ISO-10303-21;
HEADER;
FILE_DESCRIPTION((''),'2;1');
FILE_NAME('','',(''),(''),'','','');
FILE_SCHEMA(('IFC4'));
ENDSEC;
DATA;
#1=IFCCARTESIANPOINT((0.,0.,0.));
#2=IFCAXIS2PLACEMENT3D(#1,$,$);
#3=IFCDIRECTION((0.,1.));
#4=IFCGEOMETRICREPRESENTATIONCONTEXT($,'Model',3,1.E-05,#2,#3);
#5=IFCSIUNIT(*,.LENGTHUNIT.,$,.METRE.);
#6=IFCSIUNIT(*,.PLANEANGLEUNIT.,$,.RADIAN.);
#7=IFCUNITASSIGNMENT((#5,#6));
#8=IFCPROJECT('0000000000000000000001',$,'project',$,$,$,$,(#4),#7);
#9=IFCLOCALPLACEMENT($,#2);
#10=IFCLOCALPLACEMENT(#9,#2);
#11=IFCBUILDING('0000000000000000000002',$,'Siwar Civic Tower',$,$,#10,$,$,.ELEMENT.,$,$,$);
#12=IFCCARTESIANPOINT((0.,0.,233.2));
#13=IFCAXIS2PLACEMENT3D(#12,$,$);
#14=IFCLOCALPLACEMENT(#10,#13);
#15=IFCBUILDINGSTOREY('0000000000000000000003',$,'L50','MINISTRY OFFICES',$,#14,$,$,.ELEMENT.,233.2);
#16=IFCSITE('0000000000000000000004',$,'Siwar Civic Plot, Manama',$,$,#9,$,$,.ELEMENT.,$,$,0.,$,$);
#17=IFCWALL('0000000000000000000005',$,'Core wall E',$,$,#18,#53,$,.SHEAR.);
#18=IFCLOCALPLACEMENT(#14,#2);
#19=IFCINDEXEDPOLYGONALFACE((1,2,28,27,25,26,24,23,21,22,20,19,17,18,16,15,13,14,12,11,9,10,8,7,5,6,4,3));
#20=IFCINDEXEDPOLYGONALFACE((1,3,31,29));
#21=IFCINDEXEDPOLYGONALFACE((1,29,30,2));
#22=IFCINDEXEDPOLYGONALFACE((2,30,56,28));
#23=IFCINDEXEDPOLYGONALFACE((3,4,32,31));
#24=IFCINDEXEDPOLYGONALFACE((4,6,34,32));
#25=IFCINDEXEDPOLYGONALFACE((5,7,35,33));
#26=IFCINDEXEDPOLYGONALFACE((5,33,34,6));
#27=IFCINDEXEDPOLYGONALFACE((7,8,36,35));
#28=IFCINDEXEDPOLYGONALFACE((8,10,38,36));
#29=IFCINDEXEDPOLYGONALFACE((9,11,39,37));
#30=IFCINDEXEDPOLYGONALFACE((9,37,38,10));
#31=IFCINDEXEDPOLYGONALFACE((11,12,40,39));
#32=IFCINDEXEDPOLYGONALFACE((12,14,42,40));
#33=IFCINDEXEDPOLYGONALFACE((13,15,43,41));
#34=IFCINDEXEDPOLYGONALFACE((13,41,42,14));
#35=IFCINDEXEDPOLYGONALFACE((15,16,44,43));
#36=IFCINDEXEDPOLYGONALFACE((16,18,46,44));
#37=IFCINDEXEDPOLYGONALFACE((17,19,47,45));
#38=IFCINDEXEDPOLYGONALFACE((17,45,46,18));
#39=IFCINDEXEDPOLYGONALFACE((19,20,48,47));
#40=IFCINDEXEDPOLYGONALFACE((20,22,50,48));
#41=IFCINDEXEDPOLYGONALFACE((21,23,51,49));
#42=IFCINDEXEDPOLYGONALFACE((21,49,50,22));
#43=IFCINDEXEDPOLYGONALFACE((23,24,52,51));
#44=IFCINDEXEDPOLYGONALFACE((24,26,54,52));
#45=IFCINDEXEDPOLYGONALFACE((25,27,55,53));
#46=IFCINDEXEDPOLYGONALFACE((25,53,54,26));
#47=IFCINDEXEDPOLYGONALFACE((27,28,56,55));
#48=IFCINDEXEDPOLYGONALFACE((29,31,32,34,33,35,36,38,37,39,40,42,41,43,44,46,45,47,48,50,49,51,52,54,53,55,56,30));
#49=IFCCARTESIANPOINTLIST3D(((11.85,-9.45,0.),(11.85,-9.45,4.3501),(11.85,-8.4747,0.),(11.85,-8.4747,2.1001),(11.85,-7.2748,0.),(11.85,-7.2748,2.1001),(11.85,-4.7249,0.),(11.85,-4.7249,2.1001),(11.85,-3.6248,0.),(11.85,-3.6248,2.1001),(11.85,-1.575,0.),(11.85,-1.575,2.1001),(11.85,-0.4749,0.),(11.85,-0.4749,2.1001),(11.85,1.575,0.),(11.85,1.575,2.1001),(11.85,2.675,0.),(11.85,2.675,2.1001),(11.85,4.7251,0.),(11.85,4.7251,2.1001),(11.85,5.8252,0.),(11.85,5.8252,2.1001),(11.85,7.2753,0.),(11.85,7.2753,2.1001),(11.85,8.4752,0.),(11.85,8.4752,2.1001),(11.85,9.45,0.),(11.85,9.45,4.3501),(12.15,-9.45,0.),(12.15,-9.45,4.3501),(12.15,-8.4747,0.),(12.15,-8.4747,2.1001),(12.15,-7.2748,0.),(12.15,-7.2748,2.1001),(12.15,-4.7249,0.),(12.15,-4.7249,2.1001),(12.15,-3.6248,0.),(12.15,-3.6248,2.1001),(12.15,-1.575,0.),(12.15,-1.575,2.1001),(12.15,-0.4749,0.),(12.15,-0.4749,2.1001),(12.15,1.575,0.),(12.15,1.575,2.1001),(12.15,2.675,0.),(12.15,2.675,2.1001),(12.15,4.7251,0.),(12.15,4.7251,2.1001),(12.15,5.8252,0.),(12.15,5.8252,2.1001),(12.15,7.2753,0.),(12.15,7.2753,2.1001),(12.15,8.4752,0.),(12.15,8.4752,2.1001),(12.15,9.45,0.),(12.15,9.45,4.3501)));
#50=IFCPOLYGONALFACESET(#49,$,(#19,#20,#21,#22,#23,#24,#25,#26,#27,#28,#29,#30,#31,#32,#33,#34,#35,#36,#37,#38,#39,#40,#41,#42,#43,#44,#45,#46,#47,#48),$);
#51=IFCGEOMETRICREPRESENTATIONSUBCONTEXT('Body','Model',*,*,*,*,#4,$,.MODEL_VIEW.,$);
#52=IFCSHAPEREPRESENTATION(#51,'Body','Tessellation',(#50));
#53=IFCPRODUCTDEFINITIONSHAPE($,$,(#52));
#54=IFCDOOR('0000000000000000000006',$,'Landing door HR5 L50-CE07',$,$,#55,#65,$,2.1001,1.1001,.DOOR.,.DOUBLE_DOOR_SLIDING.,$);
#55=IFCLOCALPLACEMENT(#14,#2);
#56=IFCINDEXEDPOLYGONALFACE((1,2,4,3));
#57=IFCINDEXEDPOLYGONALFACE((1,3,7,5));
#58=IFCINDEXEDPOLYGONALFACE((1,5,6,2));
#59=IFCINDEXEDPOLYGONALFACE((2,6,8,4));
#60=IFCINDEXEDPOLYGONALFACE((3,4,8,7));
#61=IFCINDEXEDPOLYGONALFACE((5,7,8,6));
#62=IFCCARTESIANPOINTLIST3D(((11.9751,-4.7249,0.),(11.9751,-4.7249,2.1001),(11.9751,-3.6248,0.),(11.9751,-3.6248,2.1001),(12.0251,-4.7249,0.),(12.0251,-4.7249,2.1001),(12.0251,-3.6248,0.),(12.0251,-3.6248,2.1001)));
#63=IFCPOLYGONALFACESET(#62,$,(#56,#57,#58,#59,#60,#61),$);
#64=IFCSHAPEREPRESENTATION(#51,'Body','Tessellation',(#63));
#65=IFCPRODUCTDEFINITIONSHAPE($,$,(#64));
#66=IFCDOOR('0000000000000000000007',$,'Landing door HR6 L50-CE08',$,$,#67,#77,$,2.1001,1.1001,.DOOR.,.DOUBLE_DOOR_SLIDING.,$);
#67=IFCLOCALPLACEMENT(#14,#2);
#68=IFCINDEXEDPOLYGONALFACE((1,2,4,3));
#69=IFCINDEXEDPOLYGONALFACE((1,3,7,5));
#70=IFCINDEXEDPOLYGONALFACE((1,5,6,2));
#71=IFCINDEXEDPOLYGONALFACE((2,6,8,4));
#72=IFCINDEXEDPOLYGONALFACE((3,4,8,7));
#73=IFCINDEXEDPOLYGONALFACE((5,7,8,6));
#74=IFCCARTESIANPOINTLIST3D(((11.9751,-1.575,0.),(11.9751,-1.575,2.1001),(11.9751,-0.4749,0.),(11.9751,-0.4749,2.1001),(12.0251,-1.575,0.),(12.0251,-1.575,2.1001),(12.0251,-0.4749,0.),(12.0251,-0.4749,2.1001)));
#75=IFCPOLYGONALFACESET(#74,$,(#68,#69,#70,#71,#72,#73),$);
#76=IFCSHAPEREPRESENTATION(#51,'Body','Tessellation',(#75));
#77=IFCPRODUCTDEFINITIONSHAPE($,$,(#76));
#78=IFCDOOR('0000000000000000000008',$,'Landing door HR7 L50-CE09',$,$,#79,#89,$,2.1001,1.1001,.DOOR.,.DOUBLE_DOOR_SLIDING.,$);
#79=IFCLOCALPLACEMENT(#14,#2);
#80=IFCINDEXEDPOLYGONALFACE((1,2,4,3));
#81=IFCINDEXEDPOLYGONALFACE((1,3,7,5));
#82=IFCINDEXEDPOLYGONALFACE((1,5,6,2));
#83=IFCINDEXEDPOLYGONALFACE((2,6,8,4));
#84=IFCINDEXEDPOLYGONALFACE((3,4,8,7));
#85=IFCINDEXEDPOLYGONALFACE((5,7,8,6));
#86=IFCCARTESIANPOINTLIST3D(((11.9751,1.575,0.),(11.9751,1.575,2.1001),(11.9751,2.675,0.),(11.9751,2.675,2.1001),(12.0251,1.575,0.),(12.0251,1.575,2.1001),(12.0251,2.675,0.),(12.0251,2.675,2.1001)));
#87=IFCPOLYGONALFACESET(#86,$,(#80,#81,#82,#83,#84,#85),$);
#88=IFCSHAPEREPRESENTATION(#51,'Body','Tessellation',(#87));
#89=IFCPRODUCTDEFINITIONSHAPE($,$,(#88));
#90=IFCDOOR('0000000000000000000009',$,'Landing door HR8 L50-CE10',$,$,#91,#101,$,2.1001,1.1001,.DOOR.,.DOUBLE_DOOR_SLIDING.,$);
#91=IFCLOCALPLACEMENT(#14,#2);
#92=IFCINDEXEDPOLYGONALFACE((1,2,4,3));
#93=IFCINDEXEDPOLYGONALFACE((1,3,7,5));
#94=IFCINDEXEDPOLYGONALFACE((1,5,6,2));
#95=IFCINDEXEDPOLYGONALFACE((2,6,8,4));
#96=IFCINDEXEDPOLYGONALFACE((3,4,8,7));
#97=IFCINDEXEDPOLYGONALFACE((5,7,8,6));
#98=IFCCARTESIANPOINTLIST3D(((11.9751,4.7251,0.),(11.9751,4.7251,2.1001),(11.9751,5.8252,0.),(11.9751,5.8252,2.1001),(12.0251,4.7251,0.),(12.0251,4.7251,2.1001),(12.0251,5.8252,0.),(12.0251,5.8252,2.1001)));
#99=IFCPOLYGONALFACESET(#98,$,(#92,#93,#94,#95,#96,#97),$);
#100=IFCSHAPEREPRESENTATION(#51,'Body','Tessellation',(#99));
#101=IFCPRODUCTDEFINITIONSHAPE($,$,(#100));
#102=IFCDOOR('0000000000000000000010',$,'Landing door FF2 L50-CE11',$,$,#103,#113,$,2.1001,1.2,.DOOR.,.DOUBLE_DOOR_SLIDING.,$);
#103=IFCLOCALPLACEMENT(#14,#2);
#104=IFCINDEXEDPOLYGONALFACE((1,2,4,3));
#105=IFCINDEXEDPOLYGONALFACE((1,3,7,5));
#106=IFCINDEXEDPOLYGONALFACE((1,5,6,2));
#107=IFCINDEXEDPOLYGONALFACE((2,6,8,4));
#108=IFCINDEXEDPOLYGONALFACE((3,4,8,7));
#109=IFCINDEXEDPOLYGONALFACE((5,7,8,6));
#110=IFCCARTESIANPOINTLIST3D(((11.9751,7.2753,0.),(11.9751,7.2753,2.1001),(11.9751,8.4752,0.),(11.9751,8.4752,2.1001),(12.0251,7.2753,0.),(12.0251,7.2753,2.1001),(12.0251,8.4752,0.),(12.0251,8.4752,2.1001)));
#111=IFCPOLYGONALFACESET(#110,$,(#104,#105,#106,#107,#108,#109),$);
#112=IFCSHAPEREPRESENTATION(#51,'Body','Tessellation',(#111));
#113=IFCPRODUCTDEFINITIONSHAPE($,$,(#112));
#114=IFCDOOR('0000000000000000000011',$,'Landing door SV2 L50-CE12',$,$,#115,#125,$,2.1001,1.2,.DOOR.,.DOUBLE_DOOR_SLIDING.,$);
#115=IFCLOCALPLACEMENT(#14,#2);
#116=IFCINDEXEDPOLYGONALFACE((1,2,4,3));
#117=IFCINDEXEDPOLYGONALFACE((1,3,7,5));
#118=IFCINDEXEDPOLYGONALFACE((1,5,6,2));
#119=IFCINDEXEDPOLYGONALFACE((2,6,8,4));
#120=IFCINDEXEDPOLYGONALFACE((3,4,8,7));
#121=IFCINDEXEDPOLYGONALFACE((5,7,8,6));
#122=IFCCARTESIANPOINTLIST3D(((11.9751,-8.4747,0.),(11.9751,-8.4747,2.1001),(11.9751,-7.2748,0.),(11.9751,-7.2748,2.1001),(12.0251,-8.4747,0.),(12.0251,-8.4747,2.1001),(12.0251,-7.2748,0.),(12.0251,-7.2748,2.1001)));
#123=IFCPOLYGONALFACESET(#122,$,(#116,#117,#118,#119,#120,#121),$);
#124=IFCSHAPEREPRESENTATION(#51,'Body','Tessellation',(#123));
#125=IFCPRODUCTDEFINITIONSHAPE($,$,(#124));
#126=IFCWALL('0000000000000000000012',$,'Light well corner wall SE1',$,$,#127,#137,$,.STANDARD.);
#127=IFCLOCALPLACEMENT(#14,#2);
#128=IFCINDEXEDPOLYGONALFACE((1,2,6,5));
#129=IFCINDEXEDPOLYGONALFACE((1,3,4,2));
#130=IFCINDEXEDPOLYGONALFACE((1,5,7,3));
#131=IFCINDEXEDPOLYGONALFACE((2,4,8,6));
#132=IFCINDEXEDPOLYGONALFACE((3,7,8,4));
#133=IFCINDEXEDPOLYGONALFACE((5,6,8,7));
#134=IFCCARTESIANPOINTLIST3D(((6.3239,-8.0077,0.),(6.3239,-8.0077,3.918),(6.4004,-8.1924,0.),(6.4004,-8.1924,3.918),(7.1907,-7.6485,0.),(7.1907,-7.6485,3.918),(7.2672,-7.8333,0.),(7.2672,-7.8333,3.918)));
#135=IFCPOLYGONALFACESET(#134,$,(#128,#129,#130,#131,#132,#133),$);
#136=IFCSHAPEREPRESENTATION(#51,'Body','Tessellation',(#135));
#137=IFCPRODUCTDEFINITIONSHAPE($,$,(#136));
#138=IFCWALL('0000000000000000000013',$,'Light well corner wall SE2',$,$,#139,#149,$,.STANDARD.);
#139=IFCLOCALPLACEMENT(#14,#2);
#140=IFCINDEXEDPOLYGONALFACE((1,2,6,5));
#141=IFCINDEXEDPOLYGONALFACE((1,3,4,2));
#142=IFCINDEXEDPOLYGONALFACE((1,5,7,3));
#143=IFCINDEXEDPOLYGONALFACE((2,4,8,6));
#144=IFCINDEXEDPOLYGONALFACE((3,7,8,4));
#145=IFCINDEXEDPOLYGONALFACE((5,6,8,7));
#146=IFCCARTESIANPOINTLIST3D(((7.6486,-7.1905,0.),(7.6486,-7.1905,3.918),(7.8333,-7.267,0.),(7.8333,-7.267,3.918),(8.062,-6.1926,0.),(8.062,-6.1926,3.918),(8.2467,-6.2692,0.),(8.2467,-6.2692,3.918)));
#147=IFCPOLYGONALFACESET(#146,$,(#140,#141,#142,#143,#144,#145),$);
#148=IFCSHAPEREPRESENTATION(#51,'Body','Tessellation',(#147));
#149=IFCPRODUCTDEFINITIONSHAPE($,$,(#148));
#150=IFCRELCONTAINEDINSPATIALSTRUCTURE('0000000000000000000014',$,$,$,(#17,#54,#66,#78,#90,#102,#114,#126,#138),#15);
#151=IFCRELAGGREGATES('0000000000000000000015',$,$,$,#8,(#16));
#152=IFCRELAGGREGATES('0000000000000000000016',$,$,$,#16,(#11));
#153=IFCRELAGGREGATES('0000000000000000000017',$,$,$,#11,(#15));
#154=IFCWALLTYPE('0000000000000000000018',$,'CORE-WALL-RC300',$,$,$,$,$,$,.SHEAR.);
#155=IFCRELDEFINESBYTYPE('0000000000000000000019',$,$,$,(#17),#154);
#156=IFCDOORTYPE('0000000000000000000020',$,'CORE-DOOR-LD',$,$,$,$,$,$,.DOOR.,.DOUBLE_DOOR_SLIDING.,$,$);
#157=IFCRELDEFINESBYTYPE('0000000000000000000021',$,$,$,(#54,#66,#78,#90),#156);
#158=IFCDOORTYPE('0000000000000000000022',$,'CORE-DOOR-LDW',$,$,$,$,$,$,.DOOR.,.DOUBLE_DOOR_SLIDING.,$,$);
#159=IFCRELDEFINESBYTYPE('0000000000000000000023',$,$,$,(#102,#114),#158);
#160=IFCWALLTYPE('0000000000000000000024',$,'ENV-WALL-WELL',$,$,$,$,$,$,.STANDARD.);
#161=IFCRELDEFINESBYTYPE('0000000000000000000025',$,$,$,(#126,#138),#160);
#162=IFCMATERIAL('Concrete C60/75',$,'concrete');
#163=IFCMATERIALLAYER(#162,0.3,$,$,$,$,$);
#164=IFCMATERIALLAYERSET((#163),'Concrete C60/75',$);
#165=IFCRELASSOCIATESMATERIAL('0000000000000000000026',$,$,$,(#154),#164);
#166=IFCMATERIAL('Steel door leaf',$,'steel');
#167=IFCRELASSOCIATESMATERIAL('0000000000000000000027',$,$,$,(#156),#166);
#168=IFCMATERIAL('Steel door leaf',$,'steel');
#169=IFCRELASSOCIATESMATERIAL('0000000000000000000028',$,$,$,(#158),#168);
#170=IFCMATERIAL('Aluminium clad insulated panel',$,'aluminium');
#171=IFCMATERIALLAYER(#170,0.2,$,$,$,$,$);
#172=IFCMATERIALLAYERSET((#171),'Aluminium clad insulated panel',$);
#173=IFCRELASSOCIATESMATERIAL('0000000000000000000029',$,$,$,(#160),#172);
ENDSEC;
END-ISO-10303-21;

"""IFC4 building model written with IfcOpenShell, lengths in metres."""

from ifc_helpers import new_model, si_unit, direction, frame, frame_2d, origin, place, context, subcontext, project, spatial, rectangle, extrude, material, layer, layer_set, type_object, element, fill, save


model = new_model("IFC4")

# Units and contexts
model_context = context("Model", 3, precision=1e-05, world=origin(), true_north=direction((0.0, 1.0)))
body_context = subcontext(model_context, "Body", "Model", "MODEL_VIEW")
ifc_project = project(units=[si_unit("LENGTHUNIT", "METRE"), si_unit("PLANEANGLEUNIT", "RADIAN")], contexts=[model_context])

# Site, building, storey
site_placement = place(None, origin())
site = spatial("IfcSite", under=ifc_project, at=site_placement, Name="Siwar Civic Plot, Manama", CompositionType="ELEMENT", RefElevation=0.0)
building_placement = place(site_placement, origin())
building = spatial("IfcBuilding", under=site, at=building_placement, Name="Siwar Civic Tower", CompositionType="ELEMENT")
storey_placement = place(building_placement, frame((0.0, 0.0, 233.2)))
storey = spatial("IfcBuildingStorey", under=building, at=storey_placement, Name="L50", Description="MINISTRY OFFICES", CompositionType="ELEMENT", Elevation=233.2)

# Wall, openings, doors
ifc_material_1 = material(Name="Concrete C60/75", Category="concrete")
ifc_layer_1 = layer(ifc_material_1, 0.3)
ifc_layer_set_1 = layer_set([ifc_layer_1], Name="Concrete C60/75")
wall_type_1 = type_object("IfcWallType", Name="CORE-WALL-RC300", PredefinedType="SHEAR", material=ifc_layer_set_1)
wall_1_placement = place(storey_placement, frame((12.0, -9.45, 0.0), z_axis=(0.0, 0.0, 1.0), x_axis=(0.0, 1.0, 0.0)))
wall_1 = element("IfcWall", 1, at=wall_1_placement, inside=storey, type_object=wall_type_1, Name="Core wall E", PredefinedType="SHEAR", context=body_context, shape_type="SweptSolid", body=[
    extrude(rectangle(XDim=18.8999, YDim=0.3, at=frame_2d((9.45, 0.0))), origin(), (0.0, 0.0, 1.0), 4.3501),
])
opening_1_placement = place(wall_1_placement, frame((4.7251, 0.0, 0.0)))
opening_1 = element("IfcOpeningElement", 2, at=opening_1_placement, cuts=wall_1, PredefinedType="OPENING", context=body_context, shape_type="SweptSolid", body=[
    extrude(rectangle(XDim=1.1001, YDim=2.1001, at=frame_2d((0.55, 1.05))), frame((0.0, 0.1602, 0.0), z_axis=(0.0, -1.0, 0.0), x_axis=(1.0, 0.0, 0.0)), (0.0, 0.0, 1.0), 0.3201),
])
opening_2_placement = place(wall_1_placement, frame((7.875, 0.0, 0.0)))
opening_2 = element("IfcOpeningElement", 3, at=opening_2_placement, cuts=wall_1, PredefinedType="OPENING", context=body_context, shape_type="SweptSolid", body=[
    extrude(rectangle(XDim=1.1001, YDim=2.1001, at=frame_2d((0.55, 1.05))), frame((0.0, 0.1602, 0.0), z_axis=(0.0, -1.0, 0.0), x_axis=(1.0, 0.0, 0.0)), (0.0, 0.0, 1.0), 0.3201),
])
opening_3_placement = place(wall_1_placement, frame((11.0249, 0.0, 0.0)))
opening_3 = element("IfcOpeningElement", 4, at=opening_3_placement, cuts=wall_1, PredefinedType="OPENING", context=body_context, shape_type="SweptSolid", body=[
    extrude(rectangle(XDim=1.1001, YDim=2.1001, at=frame_2d((0.55, 1.05))), frame((0.0, 0.1602, 0.0), z_axis=(0.0, -1.0, 0.0), x_axis=(1.0, 0.0, 0.0)), (0.0, 0.0, 1.0), 0.3201),
])
opening_4_placement = place(wall_1_placement, frame((14.175, 0.0, 0.0)))
opening_4 = element("IfcOpeningElement", 5, at=opening_4_placement, cuts=wall_1, PredefinedType="OPENING", context=body_context, shape_type="SweptSolid", body=[
    extrude(rectangle(XDim=1.1001, YDim=2.1001, at=frame_2d((0.55, 1.05))), frame((0.0, 0.1602, 0.0), z_axis=(0.0, -1.0, 0.0), x_axis=(1.0, 0.0, 0.0)), (0.0, 0.0, 1.0), 0.3201),
])
opening_5_placement = place(wall_1_placement, frame((16.7251, 0.0, 0.0)))
opening_5 = element("IfcOpeningElement", 6, at=opening_5_placement, cuts=wall_1, PredefinedType="OPENING", context=body_context, shape_type="SweptSolid", body=[
    extrude(rectangle(XDim=1.2, YDim=2.1001, at=frame_2d((0.6001, 1.05))), frame((0.0, 0.1602, 0.0), z_axis=(0.0, -1.0, 0.0), x_axis=(1.0, 0.0, 0.0)), (0.0, 0.0, 1.0), 0.3201),
])
opening_6_placement = place(wall_1_placement, frame((0.9751, 0.0, 0.0)))
opening_6 = element("IfcOpeningElement", 7, at=opening_6_placement, cuts=wall_1, PredefinedType="OPENING", context=body_context, shape_type="SweptSolid", body=[
    extrude(rectangle(XDim=1.2, YDim=2.1001, at=frame_2d((0.6001, 1.05))), frame((0.0, 0.1602, 0.0), z_axis=(0.0, -1.0, 0.0), x_axis=(1.0, 0.0, 0.0)), (0.0, 0.0, 1.0), 0.3201),
])
ifc_material_2 = material(Name="Steel door leaf", Category="steel")
door_type_1 = type_object("IfcDoorType", Name="CORE-DOOR-LD", OperationType="DOUBLE_DOOR_SLIDING", PredefinedType="DOOR", material=ifc_material_2)
door_1_placement = place(opening_1_placement, origin())
door_1 = element("IfcDoor", 8, at=door_1_placement, inside=storey, type_object=door_type_1, Name="Landing door HR5 L50-CE07", OperationType="DOUBLE_DOOR_SLIDING", OverallHeight=2.1001, OverallWidth=1.1001, PredefinedType="DOOR", context=body_context, shape_type="SweptSolid", body=[
    extrude(rectangle(XDim=1.1001, YDim=2.1001, at=frame_2d((0.55, 1.05))), frame((0.0, 0.0249, 0.0), z_axis=(0.0, -1.0, 0.0), x_axis=(1.0, 0.0, 0.0)), (0.0, 0.0, 1.0), 0.05),
])
fill(opening_1, door_1)
door_2_placement = place(opening_2_placement, origin())
door_2 = element("IfcDoor", 9, at=door_2_placement, inside=storey, type_object=door_type_1, Name="Landing door HR6 L50-CE08", OperationType="DOUBLE_DOOR_SLIDING", OverallHeight=2.1001, OverallWidth=1.1001, PredefinedType="DOOR", context=body_context, shape_type="SweptSolid", body=[
    extrude(rectangle(XDim=1.1001, YDim=2.1001, at=frame_2d((0.55, 1.05))), frame((0.0, 0.0249, 0.0), z_axis=(0.0, -1.0, 0.0), x_axis=(1.0, 0.0, 0.0)), (0.0, 0.0, 1.0), 0.05),
])
fill(opening_2, door_2)
door_3_placement = place(opening_3_placement, origin())
door_3 = element("IfcDoor", 10, at=door_3_placement, inside=storey, type_object=door_type_1, Name="Landing door HR7 L50-CE09", OperationType="DOUBLE_DOOR_SLIDING", OverallHeight=2.1001, OverallWidth=1.1001, PredefinedType="DOOR", context=body_context, shape_type="SweptSolid", body=[
    extrude(rectangle(XDim=1.1001, YDim=2.1001, at=frame_2d((0.55, 1.05))), frame((0.0, 0.0249, 0.0), z_axis=(0.0, -1.0, 0.0), x_axis=(1.0, 0.0, 0.0)), (0.0, 0.0, 1.0), 0.05),
])
fill(opening_3, door_3)
door_4_placement = place(opening_4_placement, origin())
door_4 = element("IfcDoor", 11, at=door_4_placement, inside=storey, type_object=door_type_1, Name="Landing door HR8 L50-CE10", OperationType="DOUBLE_DOOR_SLIDING", OverallHeight=2.1001, OverallWidth=1.1001, PredefinedType="DOOR", context=body_context, shape_type="SweptSolid", body=[
    extrude(rectangle(XDim=1.1001, YDim=2.1001, at=frame_2d((0.55, 1.05))), frame((0.0, 0.0249, 0.0), z_axis=(0.0, -1.0, 0.0), x_axis=(1.0, 0.0, 0.0)), (0.0, 0.0, 1.0), 0.05),
])
fill(opening_4, door_4)
ifc_material_3 = material(Name="Steel door leaf", Category="steel")
door_type_2 = type_object("IfcDoorType", Name="CORE-DOOR-LDW", OperationType="DOUBLE_DOOR_SLIDING", PredefinedType="DOOR", material=ifc_material_3)
door_5_placement = place(opening_5_placement, origin())
door_5 = element("IfcDoor", 12, at=door_5_placement, inside=storey, type_object=door_type_2, Name="Landing door FF2 L50-CE11", OperationType="DOUBLE_DOOR_SLIDING", OverallHeight=2.1001, OverallWidth=1.2, PredefinedType="DOOR", context=body_context, shape_type="SweptSolid", body=[
    extrude(rectangle(XDim=1.2, YDim=2.1001, at=frame_2d((0.6001, 1.05))), frame((0.0, 0.0249, 0.0), z_axis=(0.0, -1.0, 0.0), x_axis=(1.0, 0.0, 0.0)), (0.0, 0.0, 1.0), 0.05),
])
fill(opening_5, door_5)
door_6_placement = place(opening_6_placement, origin())
door_6 = element("IfcDoor", 13, at=door_6_placement, inside=storey, type_object=door_type_2, Name="Landing door SV2 L50-CE12", OperationType="DOUBLE_DOOR_SLIDING", OverallHeight=2.1001, OverallWidth=1.2, PredefinedType="DOOR", context=body_context, shape_type="SweptSolid", body=[
    extrude(rectangle(XDim=1.2, YDim=2.1001, at=frame_2d((0.6001, 1.05))), frame((0.0, 0.0249, 0.0), z_axis=(0.0, -1.0, 0.0), x_axis=(1.0, 0.0, 0.0)), (0.0, 0.0, 1.0), 0.05),
])
fill(opening_6, door_6)

# Walls
ifc_material_4 = material(Name="Aluminium clad insulated panel", Category="aluminium")
ifc_layer_2 = layer(ifc_material_4, 0.2)
ifc_layer_set_2 = layer_set([ifc_layer_2], Name="Aluminium clad insulated panel")
wall_type_2 = type_object("IfcWallType", Name="ENV-WALL-WELL", PredefinedType="STANDARD", material=ifc_layer_set_2)
wall_2_placement = place(storey_placement, frame((6.3621, -8.1001, 0.0), z_axis=(0.0, 0.0, 1.0), x_axis=(0.92383, 0.382804, 0.0)))
element("IfcWall", 14, at=wall_2_placement, inside=storey, type_object=wall_type_2, Name="Light well corner wall SE1", PredefinedType="STANDARD", context=body_context, shape_type="SweptSolid", body=[
    extrude(rectangle(XDim=0.9382, YDim=0.2, at=frame_2d((0.4692, 0.0))), origin(), (0.0, 0.0, 1.0), 3.918),
])
wall_3_placement = place(storey_placement, frame((7.741, -7.2288, 0.0), z_axis=(0.0, 0.0, 1.0), x_axis=(0.382704, 0.923871, 0.0)))
element("IfcWall", 15, at=wall_3_placement, inside=storey, type_object=wall_type_2, Name="Light well corner wall SE2", PredefinedType="STANDARD", context=body_context, shape_type="SweptSolid", body=[
    extrude(rectangle(XDim=1.0801, YDim=0.2, at=frame_2d((0.54, 0.0))), origin(), (0.0, 0.0, 1.0), 3.918),
])

save(model, "model.ifc")
